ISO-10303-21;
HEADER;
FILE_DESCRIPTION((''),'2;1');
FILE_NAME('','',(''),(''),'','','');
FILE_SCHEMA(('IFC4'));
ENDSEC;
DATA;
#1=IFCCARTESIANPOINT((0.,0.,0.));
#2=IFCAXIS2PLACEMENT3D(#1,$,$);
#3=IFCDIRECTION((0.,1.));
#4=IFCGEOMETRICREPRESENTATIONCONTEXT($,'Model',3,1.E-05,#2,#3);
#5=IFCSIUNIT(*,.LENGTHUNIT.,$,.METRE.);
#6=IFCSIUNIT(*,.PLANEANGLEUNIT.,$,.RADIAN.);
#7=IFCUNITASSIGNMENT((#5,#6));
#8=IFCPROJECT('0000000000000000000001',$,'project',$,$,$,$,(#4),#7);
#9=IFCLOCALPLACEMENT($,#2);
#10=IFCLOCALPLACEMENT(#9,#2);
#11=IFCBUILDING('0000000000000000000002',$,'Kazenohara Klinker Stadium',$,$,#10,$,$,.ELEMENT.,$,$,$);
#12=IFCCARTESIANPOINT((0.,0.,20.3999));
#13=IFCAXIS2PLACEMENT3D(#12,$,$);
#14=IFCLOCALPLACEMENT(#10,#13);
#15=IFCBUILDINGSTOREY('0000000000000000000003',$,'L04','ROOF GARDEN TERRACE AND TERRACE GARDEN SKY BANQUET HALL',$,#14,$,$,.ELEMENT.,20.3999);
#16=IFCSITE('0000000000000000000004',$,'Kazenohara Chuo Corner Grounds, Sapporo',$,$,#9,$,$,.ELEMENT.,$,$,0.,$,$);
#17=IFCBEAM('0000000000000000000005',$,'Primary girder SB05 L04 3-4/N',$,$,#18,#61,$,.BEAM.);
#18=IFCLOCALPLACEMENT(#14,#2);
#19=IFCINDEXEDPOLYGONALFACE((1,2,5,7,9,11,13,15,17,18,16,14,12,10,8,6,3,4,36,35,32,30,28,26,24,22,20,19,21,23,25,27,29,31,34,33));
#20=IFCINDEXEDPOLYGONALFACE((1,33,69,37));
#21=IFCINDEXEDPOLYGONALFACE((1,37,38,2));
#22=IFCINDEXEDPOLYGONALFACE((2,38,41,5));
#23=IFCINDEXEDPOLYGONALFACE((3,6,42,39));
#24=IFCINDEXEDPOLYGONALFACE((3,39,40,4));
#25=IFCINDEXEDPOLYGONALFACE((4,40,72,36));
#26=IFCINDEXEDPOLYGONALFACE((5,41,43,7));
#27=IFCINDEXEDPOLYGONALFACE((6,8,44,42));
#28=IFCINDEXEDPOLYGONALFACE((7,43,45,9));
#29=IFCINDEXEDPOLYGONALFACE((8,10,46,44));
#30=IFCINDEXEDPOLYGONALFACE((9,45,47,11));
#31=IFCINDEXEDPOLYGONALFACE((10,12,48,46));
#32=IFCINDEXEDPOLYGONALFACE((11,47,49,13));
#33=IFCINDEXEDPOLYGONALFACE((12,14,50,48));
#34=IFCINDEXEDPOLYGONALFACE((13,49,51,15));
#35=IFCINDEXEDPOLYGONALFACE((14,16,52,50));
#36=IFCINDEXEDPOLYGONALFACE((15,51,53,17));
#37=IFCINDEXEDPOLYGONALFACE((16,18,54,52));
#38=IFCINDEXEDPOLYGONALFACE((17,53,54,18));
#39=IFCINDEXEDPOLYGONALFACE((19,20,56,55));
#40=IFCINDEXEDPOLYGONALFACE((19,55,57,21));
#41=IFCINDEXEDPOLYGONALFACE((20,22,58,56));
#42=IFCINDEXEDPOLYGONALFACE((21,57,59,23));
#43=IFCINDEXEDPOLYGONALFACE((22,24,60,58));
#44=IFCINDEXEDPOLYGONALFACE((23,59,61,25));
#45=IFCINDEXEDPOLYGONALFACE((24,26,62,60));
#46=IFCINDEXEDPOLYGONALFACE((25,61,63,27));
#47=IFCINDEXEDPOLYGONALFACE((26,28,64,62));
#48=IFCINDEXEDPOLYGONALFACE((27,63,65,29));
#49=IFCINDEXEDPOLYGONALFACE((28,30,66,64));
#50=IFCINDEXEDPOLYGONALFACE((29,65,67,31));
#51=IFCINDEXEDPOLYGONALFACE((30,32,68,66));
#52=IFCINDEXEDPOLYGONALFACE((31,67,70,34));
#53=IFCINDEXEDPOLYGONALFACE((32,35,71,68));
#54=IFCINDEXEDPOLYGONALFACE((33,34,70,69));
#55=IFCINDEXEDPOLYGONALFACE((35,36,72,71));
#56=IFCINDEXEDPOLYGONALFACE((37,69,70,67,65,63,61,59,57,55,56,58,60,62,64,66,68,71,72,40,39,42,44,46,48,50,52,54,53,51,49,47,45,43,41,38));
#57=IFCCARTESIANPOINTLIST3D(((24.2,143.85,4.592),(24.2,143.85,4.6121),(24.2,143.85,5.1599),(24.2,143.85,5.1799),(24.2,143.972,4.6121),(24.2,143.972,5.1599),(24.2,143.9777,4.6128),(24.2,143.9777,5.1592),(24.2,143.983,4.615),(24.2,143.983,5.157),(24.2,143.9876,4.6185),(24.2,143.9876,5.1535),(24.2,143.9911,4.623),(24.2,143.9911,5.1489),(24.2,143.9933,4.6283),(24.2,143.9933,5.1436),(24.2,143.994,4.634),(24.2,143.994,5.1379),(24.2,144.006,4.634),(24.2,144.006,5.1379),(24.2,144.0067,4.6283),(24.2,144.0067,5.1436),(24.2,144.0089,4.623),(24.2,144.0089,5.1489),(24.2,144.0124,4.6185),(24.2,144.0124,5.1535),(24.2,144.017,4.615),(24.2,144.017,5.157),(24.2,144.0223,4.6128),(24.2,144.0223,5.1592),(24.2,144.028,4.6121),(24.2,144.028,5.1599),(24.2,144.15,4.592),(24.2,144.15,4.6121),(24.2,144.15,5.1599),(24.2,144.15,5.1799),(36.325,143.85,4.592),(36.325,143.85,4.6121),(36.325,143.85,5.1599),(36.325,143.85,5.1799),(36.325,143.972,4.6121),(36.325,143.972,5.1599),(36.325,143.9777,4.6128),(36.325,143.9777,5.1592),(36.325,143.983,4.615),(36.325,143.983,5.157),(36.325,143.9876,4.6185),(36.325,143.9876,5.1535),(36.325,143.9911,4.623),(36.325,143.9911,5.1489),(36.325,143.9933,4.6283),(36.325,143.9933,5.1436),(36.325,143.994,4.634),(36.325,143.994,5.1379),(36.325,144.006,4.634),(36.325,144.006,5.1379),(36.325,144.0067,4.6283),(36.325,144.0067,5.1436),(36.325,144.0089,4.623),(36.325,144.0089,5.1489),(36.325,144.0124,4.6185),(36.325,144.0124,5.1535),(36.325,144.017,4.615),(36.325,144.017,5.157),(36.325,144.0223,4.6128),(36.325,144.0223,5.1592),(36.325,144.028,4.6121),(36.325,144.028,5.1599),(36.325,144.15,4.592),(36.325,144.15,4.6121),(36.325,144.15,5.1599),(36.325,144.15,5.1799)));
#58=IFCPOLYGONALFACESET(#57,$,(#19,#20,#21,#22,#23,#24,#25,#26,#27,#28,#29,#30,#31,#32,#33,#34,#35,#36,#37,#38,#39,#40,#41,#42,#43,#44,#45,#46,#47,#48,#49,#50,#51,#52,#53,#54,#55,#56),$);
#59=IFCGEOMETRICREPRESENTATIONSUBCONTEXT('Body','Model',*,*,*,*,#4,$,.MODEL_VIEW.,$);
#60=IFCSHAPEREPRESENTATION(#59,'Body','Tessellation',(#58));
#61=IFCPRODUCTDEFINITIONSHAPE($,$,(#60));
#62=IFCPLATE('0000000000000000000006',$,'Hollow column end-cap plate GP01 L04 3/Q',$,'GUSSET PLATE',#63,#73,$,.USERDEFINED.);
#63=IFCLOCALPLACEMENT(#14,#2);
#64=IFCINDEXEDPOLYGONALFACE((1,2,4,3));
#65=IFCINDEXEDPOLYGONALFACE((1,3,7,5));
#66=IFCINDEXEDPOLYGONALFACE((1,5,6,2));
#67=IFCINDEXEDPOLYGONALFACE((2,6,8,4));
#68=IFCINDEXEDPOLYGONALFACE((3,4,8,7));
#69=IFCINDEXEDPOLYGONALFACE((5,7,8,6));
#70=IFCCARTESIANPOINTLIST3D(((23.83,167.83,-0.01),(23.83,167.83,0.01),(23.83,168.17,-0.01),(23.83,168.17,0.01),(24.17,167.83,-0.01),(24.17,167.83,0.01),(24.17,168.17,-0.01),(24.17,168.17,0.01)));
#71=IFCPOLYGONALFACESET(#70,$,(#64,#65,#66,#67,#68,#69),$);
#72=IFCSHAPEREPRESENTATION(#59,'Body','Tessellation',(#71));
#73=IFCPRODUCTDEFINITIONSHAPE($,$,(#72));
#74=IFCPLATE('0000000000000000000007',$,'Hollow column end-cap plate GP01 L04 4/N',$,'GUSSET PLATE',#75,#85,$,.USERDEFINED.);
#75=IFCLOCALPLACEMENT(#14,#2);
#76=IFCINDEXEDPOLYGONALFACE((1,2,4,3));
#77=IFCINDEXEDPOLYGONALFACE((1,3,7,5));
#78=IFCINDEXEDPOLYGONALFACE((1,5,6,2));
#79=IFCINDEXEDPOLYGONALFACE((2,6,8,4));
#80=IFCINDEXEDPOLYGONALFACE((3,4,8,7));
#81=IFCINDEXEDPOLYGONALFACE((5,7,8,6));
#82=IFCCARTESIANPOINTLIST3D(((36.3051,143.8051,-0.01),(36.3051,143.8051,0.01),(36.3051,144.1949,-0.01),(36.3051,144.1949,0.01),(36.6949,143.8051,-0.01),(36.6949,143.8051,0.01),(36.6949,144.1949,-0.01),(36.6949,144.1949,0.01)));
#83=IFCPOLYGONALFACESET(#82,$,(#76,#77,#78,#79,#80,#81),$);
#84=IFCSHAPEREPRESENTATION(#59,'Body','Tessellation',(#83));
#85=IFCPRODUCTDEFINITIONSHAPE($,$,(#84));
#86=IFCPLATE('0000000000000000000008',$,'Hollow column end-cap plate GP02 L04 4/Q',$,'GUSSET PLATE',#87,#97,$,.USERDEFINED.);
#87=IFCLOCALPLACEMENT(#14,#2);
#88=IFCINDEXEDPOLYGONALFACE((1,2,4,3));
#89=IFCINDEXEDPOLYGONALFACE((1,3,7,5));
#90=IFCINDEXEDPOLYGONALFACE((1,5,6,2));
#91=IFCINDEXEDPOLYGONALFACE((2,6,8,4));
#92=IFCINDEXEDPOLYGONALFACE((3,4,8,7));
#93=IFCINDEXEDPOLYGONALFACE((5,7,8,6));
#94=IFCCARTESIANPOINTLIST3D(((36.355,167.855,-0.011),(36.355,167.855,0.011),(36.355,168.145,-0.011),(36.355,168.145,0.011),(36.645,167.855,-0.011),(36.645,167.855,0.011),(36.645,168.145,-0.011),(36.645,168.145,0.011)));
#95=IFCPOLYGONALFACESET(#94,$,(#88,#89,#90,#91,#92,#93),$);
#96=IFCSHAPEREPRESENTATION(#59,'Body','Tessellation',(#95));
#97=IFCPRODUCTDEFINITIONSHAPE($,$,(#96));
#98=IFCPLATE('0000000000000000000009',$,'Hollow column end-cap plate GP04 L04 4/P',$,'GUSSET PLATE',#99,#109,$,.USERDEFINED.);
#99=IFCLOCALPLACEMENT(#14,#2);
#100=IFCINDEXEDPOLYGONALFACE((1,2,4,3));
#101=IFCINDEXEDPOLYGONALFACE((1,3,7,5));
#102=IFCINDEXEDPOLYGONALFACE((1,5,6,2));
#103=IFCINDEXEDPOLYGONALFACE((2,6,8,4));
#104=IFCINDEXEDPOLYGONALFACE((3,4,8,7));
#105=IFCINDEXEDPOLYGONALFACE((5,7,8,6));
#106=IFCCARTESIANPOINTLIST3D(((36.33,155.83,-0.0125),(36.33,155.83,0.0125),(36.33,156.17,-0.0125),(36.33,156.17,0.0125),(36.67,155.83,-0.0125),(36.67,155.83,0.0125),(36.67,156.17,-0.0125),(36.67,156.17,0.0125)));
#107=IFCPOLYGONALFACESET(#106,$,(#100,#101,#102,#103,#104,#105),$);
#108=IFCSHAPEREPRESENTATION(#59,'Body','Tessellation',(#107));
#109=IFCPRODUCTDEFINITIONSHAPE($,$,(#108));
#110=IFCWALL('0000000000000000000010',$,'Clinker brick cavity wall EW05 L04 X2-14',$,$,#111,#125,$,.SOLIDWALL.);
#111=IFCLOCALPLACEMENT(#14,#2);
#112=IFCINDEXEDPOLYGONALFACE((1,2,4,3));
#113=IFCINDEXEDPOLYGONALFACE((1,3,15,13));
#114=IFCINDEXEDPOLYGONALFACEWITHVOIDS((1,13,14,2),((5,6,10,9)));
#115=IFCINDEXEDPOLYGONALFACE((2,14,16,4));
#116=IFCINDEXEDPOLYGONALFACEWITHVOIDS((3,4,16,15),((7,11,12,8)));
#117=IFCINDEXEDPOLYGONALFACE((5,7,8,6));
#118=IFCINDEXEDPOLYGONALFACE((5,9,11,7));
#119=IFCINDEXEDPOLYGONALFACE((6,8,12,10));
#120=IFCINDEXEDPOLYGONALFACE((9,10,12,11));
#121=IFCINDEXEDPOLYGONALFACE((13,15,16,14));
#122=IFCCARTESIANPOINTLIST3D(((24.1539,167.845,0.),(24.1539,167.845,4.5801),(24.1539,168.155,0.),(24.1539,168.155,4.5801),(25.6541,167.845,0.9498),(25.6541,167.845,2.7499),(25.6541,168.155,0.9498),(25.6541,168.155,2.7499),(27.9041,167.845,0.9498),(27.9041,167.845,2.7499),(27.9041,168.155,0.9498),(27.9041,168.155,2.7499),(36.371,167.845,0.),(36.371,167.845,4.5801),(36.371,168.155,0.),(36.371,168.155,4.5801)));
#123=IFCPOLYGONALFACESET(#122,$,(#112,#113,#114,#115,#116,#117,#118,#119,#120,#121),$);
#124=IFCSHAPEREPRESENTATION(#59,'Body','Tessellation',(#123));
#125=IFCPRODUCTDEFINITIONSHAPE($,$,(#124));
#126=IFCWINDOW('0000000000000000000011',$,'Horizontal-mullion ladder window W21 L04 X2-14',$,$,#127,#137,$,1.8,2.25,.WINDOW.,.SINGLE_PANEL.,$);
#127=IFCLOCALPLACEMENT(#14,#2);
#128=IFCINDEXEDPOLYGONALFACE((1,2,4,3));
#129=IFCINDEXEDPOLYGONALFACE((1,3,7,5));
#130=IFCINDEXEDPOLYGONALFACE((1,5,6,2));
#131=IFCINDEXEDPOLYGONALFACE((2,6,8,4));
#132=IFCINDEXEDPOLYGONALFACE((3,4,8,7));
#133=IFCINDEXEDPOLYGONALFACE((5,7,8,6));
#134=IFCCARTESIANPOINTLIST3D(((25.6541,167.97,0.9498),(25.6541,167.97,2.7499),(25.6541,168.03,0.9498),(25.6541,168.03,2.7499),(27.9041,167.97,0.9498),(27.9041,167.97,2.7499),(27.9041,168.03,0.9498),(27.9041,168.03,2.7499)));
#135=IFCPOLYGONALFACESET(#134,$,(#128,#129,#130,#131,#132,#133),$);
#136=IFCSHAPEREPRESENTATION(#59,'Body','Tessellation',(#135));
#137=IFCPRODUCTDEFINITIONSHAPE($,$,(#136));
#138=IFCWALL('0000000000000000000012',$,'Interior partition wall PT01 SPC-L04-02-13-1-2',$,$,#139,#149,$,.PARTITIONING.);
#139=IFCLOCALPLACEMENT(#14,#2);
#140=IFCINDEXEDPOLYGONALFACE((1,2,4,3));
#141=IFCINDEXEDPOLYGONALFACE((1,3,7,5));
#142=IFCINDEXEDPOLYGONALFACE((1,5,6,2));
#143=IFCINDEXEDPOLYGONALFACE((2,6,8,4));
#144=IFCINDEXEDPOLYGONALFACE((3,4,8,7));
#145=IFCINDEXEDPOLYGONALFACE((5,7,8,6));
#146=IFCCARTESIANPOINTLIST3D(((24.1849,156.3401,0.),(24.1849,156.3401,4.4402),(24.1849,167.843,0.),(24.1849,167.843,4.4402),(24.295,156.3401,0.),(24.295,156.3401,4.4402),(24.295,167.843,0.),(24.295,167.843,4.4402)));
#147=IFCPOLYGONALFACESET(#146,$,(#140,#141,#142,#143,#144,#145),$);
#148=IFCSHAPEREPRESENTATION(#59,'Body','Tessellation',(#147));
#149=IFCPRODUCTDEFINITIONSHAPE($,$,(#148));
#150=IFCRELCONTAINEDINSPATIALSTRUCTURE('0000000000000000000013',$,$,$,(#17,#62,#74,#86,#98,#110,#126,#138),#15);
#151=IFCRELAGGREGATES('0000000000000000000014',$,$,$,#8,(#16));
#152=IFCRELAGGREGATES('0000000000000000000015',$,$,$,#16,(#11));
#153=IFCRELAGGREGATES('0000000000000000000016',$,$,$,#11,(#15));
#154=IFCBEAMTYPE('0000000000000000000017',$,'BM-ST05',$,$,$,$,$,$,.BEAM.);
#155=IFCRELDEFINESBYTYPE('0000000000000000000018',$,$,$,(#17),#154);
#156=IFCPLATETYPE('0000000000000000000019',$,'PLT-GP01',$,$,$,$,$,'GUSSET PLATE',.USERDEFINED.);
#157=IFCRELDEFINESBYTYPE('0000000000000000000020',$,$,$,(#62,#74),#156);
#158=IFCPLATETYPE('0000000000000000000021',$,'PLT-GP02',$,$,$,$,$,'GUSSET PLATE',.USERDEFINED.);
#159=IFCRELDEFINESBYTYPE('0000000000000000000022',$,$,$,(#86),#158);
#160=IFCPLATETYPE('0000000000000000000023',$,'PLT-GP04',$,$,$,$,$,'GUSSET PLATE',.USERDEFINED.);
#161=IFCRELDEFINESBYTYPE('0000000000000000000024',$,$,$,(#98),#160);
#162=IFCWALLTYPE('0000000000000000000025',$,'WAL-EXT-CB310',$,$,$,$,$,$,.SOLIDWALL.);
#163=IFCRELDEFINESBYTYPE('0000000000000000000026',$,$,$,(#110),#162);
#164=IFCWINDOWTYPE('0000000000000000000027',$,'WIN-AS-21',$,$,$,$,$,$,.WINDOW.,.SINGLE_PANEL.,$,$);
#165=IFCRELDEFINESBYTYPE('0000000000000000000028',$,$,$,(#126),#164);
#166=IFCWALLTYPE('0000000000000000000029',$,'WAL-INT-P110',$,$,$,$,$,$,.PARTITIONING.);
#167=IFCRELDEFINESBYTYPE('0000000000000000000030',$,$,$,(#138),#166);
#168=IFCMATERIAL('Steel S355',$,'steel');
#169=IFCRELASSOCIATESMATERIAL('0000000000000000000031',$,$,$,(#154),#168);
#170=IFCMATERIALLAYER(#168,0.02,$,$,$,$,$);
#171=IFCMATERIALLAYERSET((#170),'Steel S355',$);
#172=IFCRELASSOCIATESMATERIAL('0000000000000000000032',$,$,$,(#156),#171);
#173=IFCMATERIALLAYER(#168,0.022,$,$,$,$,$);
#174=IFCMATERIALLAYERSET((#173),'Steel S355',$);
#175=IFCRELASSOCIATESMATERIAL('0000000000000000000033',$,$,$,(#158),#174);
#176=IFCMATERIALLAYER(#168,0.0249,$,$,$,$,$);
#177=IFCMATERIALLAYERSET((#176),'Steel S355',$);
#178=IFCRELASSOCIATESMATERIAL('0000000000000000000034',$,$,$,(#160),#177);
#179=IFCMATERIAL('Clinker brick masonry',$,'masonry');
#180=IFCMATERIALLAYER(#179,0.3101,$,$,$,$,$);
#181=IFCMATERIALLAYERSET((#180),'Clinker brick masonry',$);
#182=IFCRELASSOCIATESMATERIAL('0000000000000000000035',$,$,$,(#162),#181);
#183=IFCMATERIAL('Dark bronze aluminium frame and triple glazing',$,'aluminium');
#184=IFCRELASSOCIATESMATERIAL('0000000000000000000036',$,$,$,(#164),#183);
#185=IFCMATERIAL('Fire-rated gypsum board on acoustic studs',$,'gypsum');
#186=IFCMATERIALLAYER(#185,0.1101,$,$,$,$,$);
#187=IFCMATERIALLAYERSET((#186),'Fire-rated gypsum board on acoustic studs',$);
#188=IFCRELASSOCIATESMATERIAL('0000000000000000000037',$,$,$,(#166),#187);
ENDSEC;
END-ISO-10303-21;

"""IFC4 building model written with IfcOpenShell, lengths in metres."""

from ifc_helpers import new_model, si_unit, direction, frame, frame_2d, origin, origin_2d, place, context, subcontext, project, spatial, rectangle, i_section, extrude, material, layer, layer_set, material_profile, profile_set, type_object, element, fill, save


model = new_model("IFC4")

# Units and contexts
model_context = context("Model", 3, precision=1e-05, world=origin(), true_north=direction((0.0, 1.0)))
body_context = subcontext(model_context, "Body", "Model", "MODEL_VIEW")
ifc_project = project(units=[si_unit("LENGTHUNIT", "METRE"), si_unit("PLANEANGLEUNIT", "RADIAN")], contexts=[model_context])

# Site, building, storey
site_placement = place(None, origin())
site = spatial("IfcSite", under=ifc_project, at=site_placement, Name="Kazenohara Chuo Corner Grounds, Sapporo", CompositionType="ELEMENT", RefElevation=0.0)
building_placement = place(site_placement, origin())
building = spatial("IfcBuilding", under=site, at=building_placement, Name="Kazenohara Klinker Stadium", CompositionType="ELEMENT")
storey_placement = place(building_placement, frame((0.0, 0.0, 20.3999)))
storey = spatial("IfcBuildingStorey", under=building, at=storey_placement, Name="L04", Description="ROOF GARDEN TERRACE AND TERRACE GARDEN SKY BANQUET HALL", CompositionType="ELEMENT", Elevation=20.3999)

# Shared definitions
ifc_material_1 = material(Name="Steel S355", Category="steel")

# Beam
ifc_material_profile_1 = material_profile(ifc_material_1, i_section(OverallWidth=0.3, OverallDepth=0.5879, WebThickness=0.012, FlangeThickness=0.02, FilletRadius=0.022, at=origin_2d()), Name="H-588x300x12x20")
ifc_profile_set_1 = profile_set([ifc_material_profile_1], Name="Steel S355")
beam_type_1 = type_object("IfcBeamType", Name="BM-ST05", PredefinedType="BEAM", material=ifc_profile_set_1)
beam_1_placement = place(storey_placement, frame((24.2, 144.0, 4.886), z_axis=(1.0, 0.0, 0.0), x_axis=(0.0, 1.0, 0.0)))
element("IfcBeam", 1, at=beam_1_placement, inside=storey, type_object=beam_type_1, Name="Primary girder SB05 L04 3-4/N", PredefinedType="BEAM", context=body_context, shape_type="SweptSolid", body=[
    extrude(i_section(OverallWidth=0.3, OverallDepth=0.5879, WebThickness=0.012, FlangeThickness=0.02, FilletRadius=0.022, at=origin_2d()), origin(), (0.0, 0.0, 1.0), 12.125),
])

# Plates
ifc_layer_1 = layer(ifc_material_1, 0.02)
ifc_layer_set_1 = layer_set([ifc_layer_1], Name="Steel S355")
plate_type_1 = type_object("IfcPlateType", Name="PLT-GP01", ElementType="GUSSET PLATE", PredefinedType="USERDEFINED", material=ifc_layer_set_1)
plate_1_placement = place(storey_placement, frame((24.0, 168.0, -0.01), z_axis=(0.0, 0.0, 1.0), x_axis=(1.0, 0.0, 0.0)))
element("IfcPlate", 2, at=plate_1_placement, inside=storey, type_object=plate_type_1, Name="Hollow column end-cap plate GP01 L04 3/Q", ObjectType="GUSSET PLATE", PredefinedType="USERDEFINED", context=body_context, shape_type="SweptSolid", body=[
    extrude(rectangle(XDim=0.3401, YDim=0.3401, at=origin_2d()), origin(), (0.0, 0.0, 1.0), 0.02),
])
plate_2_placement = place(storey_placement, frame((36.5, 144.0, -0.01), z_axis=(0.0, 0.0, 1.0), x_axis=(1.0, 0.0, 0.0)))
element("IfcPlate", 3, at=plate_2_placement, inside=storey, type_object=plate_type_1, Name="Hollow column end-cap plate GP01 L04 4/N", ObjectType="GUSSET PLATE", PredefinedType="USERDEFINED", context=body_context, shape_type="SweptSolid", body=[
    extrude(rectangle(XDim=0.3899, YDim=0.3899, at=origin_2d()), origin(), (0.0, 0.0, 1.0), 0.02),
])
ifc_layer_2 = layer(ifc_material_1, 0.022)
ifc_layer_set_2 = layer_set([ifc_layer_2], Name="Steel S355")
plate_type_2 = type_object("IfcPlateType", Name="PLT-GP02", ElementType="GUSSET PLATE", PredefinedType="USERDEFINED", material=ifc_layer_set_2)
plate_3_placement = place(storey_placement, frame((36.5, 168.0, -0.011), z_axis=(0.0, 0.0, 1.0), x_axis=(1.0, 0.0, 0.0)))
element("IfcPlate", 4, at=plate_3_placement, inside=storey, type_object=plate_type_2, Name="Hollow column end-cap plate GP02 L04 4/Q", ObjectType="GUSSET PLATE", PredefinedType="USERDEFINED", context=body_context, shape_type="SweptSolid", body=[
    extrude(rectangle(XDim=0.29, YDim=0.29, at=origin_2d()), origin(), (0.0, 0.0, 1.0), 0.022),
])
ifc_layer_3 = layer(ifc_material_1, 0.0249)
ifc_layer_set_3 = layer_set([ifc_layer_3], Name="Steel S355")
plate_type_3 = type_object("IfcPlateType", Name="PLT-GP04", ElementType="GUSSET PLATE", PredefinedType="USERDEFINED", material=ifc_layer_set_3)
plate_4_placement = place(storey_placement, frame((36.5, 156.0, -0.0125), z_axis=(0.0, 0.0, 1.0), x_axis=(1.0, 0.0, 0.0)))
element("IfcPlate", 5, at=plate_4_placement, inside=storey, type_object=plate_type_3, Name="Hollow column end-cap plate GP04 L04 4/P", ObjectType="GUSSET PLATE", PredefinedType="USERDEFINED", context=body_context, shape_type="SweptSolid", body=[
    extrude(rectangle(XDim=0.3401, YDim=0.3401, at=origin_2d()), origin(), (0.0, 0.0, 1.0), 0.0249),
])

# Wall, opening, window
ifc_material_2 = material(Name="Clinker brick masonry", Category="masonry")
ifc_layer_4 = layer(ifc_material_2, 0.3101)
ifc_layer_set_4 = layer_set([ifc_layer_4], Name="Clinker brick masonry")
wall_type_1 = type_object("IfcWallType", Name="WAL-EXT-CB310", PredefinedType="SOLIDWALL", material=ifc_layer_set_4)
wall_1_placement = place(storey_placement, frame((24.1541, 168.0, 0.0), z_axis=(0.0, 0.0, 1.0), x_axis=(1.0, 0.0, 0.0)))
wall_1 = element("IfcWall", 6, at=wall_1_placement, inside=storey, type_object=wall_type_1, Name="Clinker brick cavity wall EW05 L04 X2-14", PredefinedType="SOLIDWALL", context=body_context, shape_type="SweptSolid", body=[
    extrude(rectangle(XDim=12.217, YDim=0.3101, at=frame_2d((6.1084, 0.0))), origin(), (0.0, 0.0, 1.0), 4.5801),
])
opening_1_placement = place(wall_1_placement, frame((1.5, 0.0, 0.95)))
opening_1 = element("IfcOpeningElement", 7, at=opening_1_placement, cuts=wall_1, PredefinedType="OPENING", context=body_context, shape_type="SweptSolid", body=[
    extrude(rectangle(XDim=2.25, YDim=1.8, at=frame_2d((1.125, 0.8999))), frame((0.0, 0.165, 0.0), z_axis=(0.0, -1.0, 0.0), x_axis=(1.0, 0.0, 0.0)), (0.0, 0.0, 1.0), 0.3301),
])
ifc_material_3 = material(Name="Dark bronze aluminium frame and triple glazing", Category="aluminium")
window_type = type_object("IfcWindowType", Name="WIN-AS-21", PartitioningType="SINGLE_PANEL", PredefinedType="WINDOW", material=ifc_material_3)
window_placement = place(opening_1_placement, origin())
window = element("IfcWindow", 8, at=window_placement, inside=storey, type_object=window_type, Name="Horizontal-mullion ladder window W21 L04 X2-14", OverallHeight=1.8, OverallWidth=2.25, PartitioningType="SINGLE_PANEL", PredefinedType="WINDOW", context=body_context, shape_type="SweptSolid", body=[
    extrude(rectangle(XDim=2.25, YDim=1.8, at=frame_2d((1.125, 0.8999))), frame((0.0, 0.03, 0.0), z_axis=(0.0, -1.0, 0.0), x_axis=(1.0, 0.0, 0.0)), (0.0, 0.0, 1.0), 0.0601),
])
fill(opening_1, window)

# Wall
ifc_material_4 = material(Name="Fire-rated gypsum board on acoustic studs", Category="gypsum")
ifc_layer_5 = layer(ifc_material_4, 0.1101)
ifc_layer_set_5 = layer_set([ifc_layer_5], Name="Fire-rated gypsum board on acoustic studs")
wall_type_2 = type_object("IfcWallType", Name="WAL-INT-P110", PredefinedType="PARTITIONING", material=ifc_layer_set_5)
wall_2_placement = place(storey_placement, frame((24.24, 156.3401, 0.0), z_axis=(0.0, 0.0, 1.0), x_axis=(0.0, 1.0, 0.0)))
element("IfcWall", 9, at=wall_2_placement, inside=storey, type_object=wall_type_2, Name="Interior partition wall PT01 SPC-L04-02-13-1-2", PredefinedType="PARTITIONING", context=body_context, shape_type="SweptSolid", body=[
    extrude(rectangle(XDim=11.5029, YDim=0.1101, at=frame_2d((5.7515, 0.0))), origin(), (0.0, 0.0, 1.0), 4.4402),
])

save(model, "model.ifc")
